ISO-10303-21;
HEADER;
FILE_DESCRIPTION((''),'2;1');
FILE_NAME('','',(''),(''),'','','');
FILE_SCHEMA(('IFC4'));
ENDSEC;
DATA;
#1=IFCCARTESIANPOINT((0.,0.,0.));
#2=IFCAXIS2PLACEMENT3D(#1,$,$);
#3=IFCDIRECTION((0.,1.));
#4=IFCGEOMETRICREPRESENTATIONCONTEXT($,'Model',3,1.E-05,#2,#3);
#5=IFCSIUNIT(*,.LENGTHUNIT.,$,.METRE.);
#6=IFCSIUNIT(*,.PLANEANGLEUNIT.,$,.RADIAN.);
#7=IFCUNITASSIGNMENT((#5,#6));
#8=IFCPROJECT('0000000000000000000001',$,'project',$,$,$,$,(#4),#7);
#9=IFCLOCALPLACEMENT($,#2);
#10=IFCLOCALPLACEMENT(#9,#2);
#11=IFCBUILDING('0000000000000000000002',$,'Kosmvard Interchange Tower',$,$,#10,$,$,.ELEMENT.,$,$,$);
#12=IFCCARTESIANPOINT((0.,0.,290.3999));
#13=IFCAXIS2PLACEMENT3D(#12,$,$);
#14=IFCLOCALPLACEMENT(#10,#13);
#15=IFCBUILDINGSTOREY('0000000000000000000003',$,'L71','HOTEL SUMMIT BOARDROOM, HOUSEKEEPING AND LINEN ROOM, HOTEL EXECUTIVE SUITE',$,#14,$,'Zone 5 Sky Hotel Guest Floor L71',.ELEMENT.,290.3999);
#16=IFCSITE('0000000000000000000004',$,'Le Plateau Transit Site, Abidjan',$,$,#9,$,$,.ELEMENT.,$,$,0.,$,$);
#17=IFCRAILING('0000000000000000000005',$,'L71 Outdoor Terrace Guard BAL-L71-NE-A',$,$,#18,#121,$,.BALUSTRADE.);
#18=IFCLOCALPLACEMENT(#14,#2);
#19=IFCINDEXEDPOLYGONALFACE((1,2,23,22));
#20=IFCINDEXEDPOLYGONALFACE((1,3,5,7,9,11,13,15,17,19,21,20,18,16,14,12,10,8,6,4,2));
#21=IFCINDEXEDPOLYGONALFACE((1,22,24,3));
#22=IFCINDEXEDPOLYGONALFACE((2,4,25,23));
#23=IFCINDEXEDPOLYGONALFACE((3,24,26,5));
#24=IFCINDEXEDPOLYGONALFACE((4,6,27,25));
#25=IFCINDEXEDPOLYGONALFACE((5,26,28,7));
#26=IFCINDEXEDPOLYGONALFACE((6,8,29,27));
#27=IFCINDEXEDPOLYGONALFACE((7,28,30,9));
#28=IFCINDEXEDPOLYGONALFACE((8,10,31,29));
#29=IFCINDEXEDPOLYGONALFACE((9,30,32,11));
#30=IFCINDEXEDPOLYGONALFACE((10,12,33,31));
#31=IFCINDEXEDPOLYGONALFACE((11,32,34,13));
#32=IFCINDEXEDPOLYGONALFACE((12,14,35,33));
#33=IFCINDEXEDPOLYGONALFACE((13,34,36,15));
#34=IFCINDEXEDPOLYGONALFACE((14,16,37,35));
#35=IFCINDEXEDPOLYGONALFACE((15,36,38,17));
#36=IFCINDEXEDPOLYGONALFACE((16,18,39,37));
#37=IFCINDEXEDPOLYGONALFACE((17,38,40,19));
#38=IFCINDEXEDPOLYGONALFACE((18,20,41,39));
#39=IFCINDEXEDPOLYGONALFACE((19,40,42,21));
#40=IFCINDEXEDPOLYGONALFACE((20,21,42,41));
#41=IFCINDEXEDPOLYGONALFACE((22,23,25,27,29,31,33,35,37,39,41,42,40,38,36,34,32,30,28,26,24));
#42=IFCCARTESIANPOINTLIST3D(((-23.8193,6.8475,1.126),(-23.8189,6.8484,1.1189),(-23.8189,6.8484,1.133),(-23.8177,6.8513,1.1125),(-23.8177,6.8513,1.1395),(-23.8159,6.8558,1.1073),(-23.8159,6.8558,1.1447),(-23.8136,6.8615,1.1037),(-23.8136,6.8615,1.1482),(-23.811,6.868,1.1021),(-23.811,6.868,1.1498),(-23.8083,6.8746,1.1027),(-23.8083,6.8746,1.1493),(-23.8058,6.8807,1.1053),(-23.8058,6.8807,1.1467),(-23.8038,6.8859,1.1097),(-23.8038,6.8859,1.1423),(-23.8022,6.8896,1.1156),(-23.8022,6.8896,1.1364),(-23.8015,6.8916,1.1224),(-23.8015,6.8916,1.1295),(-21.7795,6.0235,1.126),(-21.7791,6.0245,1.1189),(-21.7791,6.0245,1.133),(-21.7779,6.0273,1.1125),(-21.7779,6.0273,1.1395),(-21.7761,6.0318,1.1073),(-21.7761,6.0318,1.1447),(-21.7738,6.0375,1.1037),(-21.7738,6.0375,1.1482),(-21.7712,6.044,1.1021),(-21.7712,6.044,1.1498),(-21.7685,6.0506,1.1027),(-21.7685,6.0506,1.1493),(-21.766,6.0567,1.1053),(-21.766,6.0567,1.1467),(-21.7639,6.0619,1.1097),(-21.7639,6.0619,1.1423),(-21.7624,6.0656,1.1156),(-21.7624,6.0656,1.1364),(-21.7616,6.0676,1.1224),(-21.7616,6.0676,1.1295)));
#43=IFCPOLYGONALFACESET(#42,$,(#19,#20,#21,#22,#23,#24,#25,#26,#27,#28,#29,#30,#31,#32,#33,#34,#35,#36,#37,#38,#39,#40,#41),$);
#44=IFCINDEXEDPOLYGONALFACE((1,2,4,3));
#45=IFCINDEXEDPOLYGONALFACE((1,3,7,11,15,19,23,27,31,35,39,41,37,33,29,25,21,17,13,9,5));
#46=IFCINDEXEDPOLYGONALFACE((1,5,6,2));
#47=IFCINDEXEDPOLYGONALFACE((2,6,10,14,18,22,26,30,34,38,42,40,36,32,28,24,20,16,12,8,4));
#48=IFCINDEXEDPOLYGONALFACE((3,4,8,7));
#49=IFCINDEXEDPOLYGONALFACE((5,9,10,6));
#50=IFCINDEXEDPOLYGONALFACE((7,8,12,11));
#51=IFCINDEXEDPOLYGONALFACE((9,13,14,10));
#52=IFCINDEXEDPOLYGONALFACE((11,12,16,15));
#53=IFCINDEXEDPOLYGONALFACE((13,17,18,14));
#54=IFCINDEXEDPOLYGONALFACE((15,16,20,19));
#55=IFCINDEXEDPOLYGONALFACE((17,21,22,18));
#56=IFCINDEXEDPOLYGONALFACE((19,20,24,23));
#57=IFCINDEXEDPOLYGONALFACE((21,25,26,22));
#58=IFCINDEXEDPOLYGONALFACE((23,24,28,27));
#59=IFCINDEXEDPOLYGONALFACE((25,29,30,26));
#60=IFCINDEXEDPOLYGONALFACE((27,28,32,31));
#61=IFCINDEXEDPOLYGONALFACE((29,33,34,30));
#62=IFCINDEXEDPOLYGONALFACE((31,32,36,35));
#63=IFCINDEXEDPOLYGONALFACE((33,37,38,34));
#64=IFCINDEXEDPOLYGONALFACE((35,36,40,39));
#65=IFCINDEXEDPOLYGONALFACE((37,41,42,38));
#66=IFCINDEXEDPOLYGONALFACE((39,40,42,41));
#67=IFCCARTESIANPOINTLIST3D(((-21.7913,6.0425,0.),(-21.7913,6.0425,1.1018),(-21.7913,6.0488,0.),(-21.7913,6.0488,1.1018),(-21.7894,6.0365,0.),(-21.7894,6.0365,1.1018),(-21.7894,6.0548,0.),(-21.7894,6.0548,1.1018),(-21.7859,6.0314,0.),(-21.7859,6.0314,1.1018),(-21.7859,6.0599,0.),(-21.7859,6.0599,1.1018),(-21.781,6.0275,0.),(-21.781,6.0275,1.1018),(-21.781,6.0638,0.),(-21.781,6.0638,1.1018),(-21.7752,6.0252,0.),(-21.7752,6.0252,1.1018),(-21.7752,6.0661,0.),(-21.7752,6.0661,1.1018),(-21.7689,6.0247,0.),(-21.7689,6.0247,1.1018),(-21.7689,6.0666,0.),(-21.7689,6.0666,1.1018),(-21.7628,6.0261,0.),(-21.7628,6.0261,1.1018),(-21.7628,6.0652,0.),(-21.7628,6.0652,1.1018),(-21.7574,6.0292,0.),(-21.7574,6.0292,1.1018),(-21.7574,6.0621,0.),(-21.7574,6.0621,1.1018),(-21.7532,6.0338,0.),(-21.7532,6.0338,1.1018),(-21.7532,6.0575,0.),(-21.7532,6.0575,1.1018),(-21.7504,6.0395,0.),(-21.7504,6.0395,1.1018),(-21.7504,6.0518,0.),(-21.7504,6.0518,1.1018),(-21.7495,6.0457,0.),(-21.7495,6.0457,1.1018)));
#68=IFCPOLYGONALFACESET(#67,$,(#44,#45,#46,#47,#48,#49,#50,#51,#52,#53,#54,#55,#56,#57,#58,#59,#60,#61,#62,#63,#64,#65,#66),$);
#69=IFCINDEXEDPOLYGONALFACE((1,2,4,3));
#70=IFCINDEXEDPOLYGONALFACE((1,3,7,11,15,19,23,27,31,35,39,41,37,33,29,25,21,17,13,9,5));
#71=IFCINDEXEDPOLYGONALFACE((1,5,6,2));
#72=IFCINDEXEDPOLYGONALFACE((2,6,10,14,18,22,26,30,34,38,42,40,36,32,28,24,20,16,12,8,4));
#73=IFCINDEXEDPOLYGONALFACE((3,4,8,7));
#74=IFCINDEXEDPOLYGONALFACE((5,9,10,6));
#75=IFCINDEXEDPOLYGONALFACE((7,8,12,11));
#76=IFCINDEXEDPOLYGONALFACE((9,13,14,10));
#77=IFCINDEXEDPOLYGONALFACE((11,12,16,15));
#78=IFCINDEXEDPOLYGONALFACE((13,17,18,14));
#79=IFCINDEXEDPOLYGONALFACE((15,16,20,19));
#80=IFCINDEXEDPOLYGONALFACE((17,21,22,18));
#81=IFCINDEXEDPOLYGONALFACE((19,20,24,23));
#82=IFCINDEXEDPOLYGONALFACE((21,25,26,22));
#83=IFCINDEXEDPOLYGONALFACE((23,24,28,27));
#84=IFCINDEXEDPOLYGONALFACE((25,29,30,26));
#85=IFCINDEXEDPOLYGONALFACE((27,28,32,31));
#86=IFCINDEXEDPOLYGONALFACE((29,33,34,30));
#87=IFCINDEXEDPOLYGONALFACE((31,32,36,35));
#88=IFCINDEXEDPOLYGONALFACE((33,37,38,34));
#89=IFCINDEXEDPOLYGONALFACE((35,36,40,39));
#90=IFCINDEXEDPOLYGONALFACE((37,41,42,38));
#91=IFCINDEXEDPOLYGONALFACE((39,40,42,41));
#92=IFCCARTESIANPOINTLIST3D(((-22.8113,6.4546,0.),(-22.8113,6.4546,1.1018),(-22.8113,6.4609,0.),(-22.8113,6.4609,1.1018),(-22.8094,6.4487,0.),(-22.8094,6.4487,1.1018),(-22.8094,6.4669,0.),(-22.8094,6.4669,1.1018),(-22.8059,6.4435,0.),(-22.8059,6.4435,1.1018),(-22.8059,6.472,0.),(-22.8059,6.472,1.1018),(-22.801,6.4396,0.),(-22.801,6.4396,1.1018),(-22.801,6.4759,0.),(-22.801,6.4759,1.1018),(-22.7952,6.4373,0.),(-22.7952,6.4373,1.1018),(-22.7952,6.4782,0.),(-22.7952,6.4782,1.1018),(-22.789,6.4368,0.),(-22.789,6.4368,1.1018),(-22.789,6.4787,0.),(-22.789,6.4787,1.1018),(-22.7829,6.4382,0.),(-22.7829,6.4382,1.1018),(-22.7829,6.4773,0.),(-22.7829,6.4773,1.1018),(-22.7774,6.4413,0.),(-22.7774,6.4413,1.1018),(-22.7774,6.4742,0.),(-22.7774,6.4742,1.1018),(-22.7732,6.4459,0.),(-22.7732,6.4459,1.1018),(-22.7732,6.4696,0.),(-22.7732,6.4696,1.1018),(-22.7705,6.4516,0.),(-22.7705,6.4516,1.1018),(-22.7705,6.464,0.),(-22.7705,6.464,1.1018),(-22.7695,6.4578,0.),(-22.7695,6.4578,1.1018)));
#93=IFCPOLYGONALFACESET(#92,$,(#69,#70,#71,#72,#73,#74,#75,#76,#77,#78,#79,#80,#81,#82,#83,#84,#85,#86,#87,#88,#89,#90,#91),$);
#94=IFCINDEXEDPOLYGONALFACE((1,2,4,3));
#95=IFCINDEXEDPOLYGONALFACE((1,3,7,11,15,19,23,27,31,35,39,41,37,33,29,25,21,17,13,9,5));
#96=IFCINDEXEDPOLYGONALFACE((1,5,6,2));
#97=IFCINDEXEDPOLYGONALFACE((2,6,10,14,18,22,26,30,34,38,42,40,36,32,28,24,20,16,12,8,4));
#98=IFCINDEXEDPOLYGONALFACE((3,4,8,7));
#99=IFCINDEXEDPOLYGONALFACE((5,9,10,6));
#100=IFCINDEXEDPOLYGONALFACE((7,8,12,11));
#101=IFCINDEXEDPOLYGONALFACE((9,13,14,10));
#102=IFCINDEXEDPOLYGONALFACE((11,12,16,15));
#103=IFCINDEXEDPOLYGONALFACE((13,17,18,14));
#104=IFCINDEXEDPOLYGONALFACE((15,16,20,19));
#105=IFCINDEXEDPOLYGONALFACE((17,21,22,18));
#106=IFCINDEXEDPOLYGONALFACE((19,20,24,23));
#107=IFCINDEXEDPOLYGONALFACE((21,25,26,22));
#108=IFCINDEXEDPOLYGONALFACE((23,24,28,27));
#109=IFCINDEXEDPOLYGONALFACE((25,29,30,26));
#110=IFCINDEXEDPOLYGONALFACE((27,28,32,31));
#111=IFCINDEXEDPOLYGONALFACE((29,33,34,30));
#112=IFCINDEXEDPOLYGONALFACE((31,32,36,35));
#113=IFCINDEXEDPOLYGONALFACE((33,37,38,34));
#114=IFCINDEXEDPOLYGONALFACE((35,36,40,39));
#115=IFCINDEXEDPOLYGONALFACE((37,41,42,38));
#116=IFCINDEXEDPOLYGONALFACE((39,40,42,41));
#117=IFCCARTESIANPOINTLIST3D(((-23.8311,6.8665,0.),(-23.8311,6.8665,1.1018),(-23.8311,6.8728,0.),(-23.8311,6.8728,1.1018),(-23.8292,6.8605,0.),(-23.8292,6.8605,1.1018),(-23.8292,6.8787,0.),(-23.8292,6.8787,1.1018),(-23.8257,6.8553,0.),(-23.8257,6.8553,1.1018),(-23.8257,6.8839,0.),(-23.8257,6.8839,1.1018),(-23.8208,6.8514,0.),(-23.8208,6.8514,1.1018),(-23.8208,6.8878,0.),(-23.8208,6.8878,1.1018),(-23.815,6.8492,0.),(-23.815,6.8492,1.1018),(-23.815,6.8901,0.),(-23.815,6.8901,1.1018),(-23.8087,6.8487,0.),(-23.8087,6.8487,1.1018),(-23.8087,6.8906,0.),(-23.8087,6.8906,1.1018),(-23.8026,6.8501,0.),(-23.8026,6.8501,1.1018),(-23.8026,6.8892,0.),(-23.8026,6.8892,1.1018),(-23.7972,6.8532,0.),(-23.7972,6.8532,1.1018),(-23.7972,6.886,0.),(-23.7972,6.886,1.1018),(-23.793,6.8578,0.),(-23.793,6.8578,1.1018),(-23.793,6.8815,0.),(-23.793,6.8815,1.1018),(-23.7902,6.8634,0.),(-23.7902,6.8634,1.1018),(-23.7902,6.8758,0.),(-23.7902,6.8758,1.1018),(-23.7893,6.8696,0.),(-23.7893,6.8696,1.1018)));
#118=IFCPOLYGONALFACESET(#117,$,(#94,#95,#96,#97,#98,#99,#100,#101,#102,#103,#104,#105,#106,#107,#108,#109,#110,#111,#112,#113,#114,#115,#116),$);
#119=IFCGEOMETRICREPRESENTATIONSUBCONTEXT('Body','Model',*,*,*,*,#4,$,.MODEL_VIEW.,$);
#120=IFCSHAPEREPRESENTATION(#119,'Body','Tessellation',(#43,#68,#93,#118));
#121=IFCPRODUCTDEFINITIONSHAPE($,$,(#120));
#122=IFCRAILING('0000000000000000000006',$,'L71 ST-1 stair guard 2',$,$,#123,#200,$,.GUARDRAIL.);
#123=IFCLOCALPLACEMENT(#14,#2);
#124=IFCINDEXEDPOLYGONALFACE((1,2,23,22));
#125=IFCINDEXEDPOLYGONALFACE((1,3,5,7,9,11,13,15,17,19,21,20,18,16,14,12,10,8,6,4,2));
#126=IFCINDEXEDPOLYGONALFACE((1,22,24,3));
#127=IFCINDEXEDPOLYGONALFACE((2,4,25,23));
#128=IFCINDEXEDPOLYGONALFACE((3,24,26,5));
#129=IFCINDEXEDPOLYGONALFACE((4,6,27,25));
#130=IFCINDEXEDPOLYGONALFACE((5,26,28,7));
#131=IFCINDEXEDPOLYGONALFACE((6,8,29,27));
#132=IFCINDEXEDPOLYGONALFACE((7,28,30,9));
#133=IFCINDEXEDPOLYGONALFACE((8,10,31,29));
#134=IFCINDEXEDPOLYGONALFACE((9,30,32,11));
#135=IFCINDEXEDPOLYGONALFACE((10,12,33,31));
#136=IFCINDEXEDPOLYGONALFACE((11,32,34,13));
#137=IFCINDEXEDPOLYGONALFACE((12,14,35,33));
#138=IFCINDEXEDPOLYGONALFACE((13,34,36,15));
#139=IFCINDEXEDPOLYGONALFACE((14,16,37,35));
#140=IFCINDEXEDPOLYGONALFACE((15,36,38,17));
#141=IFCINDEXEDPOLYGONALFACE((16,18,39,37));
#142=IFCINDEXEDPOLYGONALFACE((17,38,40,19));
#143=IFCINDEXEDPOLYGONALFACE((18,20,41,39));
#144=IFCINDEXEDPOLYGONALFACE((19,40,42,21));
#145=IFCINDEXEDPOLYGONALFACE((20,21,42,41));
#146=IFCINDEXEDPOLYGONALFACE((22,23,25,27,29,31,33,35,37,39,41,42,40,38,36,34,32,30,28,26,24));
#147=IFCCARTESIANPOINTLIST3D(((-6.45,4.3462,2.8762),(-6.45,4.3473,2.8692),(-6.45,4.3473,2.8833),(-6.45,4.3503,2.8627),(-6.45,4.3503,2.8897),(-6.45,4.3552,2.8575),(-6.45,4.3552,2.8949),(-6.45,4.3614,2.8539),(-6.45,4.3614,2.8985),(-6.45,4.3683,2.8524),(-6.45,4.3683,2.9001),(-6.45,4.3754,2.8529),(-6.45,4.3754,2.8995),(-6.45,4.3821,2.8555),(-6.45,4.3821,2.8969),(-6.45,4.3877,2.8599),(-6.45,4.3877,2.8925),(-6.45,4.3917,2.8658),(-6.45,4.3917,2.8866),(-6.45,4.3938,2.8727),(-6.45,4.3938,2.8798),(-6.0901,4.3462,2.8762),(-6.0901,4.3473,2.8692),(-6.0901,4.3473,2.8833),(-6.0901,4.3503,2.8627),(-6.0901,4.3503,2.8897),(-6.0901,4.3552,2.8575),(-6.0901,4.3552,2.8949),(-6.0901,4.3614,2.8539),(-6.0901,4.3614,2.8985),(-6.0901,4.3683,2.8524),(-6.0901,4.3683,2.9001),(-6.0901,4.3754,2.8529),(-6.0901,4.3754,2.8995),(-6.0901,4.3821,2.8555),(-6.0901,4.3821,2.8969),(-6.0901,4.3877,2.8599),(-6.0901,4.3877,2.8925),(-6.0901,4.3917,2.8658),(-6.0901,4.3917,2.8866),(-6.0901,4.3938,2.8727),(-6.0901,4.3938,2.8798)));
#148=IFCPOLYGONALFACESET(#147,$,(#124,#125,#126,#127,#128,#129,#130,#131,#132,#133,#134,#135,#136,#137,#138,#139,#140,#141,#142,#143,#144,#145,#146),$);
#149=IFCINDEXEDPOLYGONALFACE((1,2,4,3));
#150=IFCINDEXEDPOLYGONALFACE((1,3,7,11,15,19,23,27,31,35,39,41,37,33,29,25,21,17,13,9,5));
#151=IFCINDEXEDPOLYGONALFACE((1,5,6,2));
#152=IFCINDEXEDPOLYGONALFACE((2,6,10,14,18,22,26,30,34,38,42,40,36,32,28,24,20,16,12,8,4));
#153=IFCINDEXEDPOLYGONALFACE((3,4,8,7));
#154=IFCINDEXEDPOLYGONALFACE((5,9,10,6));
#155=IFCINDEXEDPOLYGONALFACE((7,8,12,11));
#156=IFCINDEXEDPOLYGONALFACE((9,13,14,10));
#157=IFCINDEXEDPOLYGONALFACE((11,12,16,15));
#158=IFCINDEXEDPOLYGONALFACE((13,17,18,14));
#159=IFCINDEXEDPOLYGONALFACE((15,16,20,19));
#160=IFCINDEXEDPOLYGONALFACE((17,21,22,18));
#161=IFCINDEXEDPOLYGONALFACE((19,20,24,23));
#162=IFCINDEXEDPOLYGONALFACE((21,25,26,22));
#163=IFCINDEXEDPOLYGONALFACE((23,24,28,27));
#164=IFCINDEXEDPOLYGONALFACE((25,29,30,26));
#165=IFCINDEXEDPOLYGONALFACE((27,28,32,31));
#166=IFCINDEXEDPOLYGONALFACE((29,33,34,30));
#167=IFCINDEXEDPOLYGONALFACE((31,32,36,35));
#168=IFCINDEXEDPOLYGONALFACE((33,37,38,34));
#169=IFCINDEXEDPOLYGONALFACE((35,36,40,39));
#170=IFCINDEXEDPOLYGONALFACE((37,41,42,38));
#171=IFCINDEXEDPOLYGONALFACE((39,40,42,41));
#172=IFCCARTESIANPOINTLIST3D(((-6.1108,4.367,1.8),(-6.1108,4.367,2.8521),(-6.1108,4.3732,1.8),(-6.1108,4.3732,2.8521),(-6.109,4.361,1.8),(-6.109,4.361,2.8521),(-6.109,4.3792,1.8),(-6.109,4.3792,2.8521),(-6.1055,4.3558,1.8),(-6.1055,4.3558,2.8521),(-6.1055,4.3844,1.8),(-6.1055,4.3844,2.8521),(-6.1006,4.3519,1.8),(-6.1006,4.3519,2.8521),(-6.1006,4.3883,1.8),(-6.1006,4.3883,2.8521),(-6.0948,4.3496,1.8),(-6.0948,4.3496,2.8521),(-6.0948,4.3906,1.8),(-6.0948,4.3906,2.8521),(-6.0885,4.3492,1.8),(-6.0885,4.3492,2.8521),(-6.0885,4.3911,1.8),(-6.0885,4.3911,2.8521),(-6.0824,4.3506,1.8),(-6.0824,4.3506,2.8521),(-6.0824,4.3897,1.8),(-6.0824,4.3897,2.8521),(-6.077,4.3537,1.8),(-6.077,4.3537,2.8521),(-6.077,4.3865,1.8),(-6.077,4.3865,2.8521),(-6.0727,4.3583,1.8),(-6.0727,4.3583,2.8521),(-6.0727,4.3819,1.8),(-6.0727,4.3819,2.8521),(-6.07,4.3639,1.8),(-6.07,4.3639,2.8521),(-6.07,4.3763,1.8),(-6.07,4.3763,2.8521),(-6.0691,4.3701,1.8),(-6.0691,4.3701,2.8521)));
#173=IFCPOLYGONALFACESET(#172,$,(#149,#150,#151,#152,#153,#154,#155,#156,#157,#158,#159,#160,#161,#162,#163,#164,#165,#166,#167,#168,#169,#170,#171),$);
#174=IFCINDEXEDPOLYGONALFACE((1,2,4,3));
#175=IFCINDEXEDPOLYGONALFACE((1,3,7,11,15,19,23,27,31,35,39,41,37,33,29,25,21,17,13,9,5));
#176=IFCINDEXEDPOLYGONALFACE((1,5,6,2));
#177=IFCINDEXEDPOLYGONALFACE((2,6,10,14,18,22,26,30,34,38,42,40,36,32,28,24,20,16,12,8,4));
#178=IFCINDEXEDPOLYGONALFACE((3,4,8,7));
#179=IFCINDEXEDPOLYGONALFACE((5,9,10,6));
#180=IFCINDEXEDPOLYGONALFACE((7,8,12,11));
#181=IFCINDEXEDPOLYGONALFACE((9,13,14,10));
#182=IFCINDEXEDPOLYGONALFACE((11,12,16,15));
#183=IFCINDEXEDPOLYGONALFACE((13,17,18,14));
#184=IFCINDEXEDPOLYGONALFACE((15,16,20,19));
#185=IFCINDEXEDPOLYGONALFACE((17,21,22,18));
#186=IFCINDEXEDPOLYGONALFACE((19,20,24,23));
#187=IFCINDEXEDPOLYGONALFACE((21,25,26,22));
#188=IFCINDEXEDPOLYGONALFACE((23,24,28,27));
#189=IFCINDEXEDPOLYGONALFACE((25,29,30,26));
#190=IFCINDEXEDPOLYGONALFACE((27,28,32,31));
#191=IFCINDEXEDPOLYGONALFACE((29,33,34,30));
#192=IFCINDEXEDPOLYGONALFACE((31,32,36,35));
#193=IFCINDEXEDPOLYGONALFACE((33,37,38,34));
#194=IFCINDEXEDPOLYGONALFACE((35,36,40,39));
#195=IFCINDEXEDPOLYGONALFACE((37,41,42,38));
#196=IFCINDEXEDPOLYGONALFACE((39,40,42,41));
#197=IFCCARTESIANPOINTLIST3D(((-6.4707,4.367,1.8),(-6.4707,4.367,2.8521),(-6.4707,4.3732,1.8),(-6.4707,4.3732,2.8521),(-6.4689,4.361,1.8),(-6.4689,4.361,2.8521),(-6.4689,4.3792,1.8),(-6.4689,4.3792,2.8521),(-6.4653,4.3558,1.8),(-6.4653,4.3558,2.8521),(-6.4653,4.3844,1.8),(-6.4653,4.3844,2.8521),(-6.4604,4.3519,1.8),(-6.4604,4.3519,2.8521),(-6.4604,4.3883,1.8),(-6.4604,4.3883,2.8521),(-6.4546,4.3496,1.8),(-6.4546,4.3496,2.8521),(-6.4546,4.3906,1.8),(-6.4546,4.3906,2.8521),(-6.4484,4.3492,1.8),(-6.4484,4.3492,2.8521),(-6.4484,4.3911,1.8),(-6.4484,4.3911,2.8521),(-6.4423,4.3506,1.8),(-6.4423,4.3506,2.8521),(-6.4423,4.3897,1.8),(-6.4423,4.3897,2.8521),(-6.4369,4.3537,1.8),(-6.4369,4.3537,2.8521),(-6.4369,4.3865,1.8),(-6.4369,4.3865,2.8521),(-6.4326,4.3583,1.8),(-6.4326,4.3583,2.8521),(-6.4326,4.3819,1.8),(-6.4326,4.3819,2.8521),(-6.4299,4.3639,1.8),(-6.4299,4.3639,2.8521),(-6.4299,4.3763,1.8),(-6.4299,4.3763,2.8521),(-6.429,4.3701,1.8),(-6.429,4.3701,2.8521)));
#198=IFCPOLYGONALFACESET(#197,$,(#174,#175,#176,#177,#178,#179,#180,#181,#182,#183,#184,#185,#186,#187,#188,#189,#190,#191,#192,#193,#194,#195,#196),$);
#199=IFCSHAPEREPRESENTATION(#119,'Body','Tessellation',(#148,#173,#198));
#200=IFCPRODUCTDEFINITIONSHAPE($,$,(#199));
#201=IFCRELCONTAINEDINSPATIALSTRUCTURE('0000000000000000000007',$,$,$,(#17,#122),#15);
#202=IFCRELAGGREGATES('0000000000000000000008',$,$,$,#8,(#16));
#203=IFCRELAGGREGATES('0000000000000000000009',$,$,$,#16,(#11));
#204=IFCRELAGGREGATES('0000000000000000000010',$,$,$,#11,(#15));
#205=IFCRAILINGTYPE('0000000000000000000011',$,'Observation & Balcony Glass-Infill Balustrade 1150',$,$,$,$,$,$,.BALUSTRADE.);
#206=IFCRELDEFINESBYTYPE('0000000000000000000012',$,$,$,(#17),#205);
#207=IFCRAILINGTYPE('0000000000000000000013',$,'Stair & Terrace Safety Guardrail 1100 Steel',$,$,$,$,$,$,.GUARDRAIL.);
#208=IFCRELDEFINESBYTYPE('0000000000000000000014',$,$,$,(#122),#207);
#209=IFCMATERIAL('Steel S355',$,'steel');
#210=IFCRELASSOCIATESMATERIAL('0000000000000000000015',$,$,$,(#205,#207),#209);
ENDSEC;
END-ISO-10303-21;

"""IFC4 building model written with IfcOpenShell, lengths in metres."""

from ifc_helpers import new_model, si_unit, direction, frame, origin, origin_2d, place, context, subcontext, project, spatial, circle, extrude, source, transform, mapped, material, type_object, element, save


model = new_model("IFC4")

# Units and contexts
model_context = context("Model", 3, precision=1e-05, world=origin(), true_north=direction((0.0, 1.0)))
body_context = subcontext(model_context, "Body", "Model", "MODEL_VIEW")
ifc_project = project(units=[si_unit("LENGTHUNIT", "METRE"), si_unit("PLANEANGLEUNIT", "RADIAN")], contexts=[model_context])

# Site, building, storey
site_placement = place(None, origin())
site = spatial("IfcSite", under=ifc_project, at=site_placement, Name="Le Plateau Transit Site, Abidjan", CompositionType="ELEMENT", RefElevation=0.0)
building_placement = place(site_placement, origin())
building = spatial("IfcBuilding", under=site, at=building_placement, Name="Kosmvard Interchange Tower", CompositionType="ELEMENT")
storey_placement = place(building_placement, frame((0.0, 0.0, 290.3999)))
storey = spatial("IfcBuildingStorey", under=building, at=storey_placement, Name="L71", Description="HOTEL SUMMIT BOARDROOM, HOUSEKEEPING AND LINEN ROOM, HOTEL EXECUTIVE SUITE", LongName="Zone 5 Sky Hotel Guest Floor L71", CompositionType="ELEMENT", Elevation=290.3999)

# Shared definitions
ifc_material_1 = material(Name="Steel S355", Category="steel")

# Railings
railing_type_1 = type_object("IfcRailingType", Name="Observation & Balcony Glass-Infill Balustrade 1150", PredefinedType="BALUSTRADE", material=ifc_material_1)
shared_shape_1 = source(origin(), body_context, "Body", "SweptSolid", [
    extrude(circle(Radius=0.0239, at=origin_2d()), frame((0.0, 0.0, 1.126), z_axis=(-0.927208, 0.374546, 0.0), x_axis=(-0.374546, -0.927208, 0.0)), (0.0, 0.0, 1.0), 2.2),
    extrude(circle(Radius=0.021, at=origin_2d()), origin(), (0.0, 0.0, 1.0), 1.1018),
    extrude(circle(Radius=0.021, at=origin_2d()), frame((-1.02, 0.4121, 0.0)), (0.0, 0.0, 1.0), 1.1018),
    extrude(circle(Radius=0.021, at=origin_2d()), frame((-2.0398, 0.824, 0.0)), (0.0, 0.0, 1.0), 1.1018),
])
railing_1_placement = place(storey_placement, frame((-21.7705, 6.0457, 0.0)))
element("IfcRailing", 1, at=railing_1_placement, inside=storey, type_object=railing_type_1, Name="L71 Outdoor Terrace Guard BAL-L71-NE-A", PredefinedType="BALUSTRADE", context=body_context, shape_type="MappedRepresentation", body=[
    mapped(shared_shape_1, transform((0.0, 0.0, 0.0), scale=1.0)),
])
railing_type_2 = type_object("IfcRailingType", Name="Stair & Terrace Safety Guardrail 1100 Steel", PredefinedType="GUARDRAIL", material=ifc_material_1)
shared_shape_2 = source(origin(), body_context, "Body", "SweptSolid", [
    extrude(circle(Radius=0.0239, at=origin_2d()), frame((0.0, 0.0, 1.0762), z_axis=(-1.0, 0.0, 0.0), x_axis=(0.0, -1.0, 0.0)), (0.0, 0.0, 1.0), 0.3599),
    extrude(circle(Radius=0.021, at=origin_2d()), origin(), (0.0, 0.0, 1.0), 1.052),
    extrude(circle(Radius=0.021, at=origin_2d()), frame((-0.3599, 0.0, 0.0)), (0.0, 0.0, 1.0), 1.052),
])
railing_2_placement = place(storey_placement, frame((-6.0901, 4.3701, 1.8)))
element("IfcRailing", 2, at=railing_2_placement, inside=storey, type_object=railing_type_2, Name="L71 ST-1 stair guard 2", PredefinedType="GUARDRAIL", context=body_context, shape_type="MappedRepresentation", body=[
    mapped(shared_shape_2, transform((0.0, 0.0, 0.0), scale=1.0)),
])

save(model, "model.ifc")
